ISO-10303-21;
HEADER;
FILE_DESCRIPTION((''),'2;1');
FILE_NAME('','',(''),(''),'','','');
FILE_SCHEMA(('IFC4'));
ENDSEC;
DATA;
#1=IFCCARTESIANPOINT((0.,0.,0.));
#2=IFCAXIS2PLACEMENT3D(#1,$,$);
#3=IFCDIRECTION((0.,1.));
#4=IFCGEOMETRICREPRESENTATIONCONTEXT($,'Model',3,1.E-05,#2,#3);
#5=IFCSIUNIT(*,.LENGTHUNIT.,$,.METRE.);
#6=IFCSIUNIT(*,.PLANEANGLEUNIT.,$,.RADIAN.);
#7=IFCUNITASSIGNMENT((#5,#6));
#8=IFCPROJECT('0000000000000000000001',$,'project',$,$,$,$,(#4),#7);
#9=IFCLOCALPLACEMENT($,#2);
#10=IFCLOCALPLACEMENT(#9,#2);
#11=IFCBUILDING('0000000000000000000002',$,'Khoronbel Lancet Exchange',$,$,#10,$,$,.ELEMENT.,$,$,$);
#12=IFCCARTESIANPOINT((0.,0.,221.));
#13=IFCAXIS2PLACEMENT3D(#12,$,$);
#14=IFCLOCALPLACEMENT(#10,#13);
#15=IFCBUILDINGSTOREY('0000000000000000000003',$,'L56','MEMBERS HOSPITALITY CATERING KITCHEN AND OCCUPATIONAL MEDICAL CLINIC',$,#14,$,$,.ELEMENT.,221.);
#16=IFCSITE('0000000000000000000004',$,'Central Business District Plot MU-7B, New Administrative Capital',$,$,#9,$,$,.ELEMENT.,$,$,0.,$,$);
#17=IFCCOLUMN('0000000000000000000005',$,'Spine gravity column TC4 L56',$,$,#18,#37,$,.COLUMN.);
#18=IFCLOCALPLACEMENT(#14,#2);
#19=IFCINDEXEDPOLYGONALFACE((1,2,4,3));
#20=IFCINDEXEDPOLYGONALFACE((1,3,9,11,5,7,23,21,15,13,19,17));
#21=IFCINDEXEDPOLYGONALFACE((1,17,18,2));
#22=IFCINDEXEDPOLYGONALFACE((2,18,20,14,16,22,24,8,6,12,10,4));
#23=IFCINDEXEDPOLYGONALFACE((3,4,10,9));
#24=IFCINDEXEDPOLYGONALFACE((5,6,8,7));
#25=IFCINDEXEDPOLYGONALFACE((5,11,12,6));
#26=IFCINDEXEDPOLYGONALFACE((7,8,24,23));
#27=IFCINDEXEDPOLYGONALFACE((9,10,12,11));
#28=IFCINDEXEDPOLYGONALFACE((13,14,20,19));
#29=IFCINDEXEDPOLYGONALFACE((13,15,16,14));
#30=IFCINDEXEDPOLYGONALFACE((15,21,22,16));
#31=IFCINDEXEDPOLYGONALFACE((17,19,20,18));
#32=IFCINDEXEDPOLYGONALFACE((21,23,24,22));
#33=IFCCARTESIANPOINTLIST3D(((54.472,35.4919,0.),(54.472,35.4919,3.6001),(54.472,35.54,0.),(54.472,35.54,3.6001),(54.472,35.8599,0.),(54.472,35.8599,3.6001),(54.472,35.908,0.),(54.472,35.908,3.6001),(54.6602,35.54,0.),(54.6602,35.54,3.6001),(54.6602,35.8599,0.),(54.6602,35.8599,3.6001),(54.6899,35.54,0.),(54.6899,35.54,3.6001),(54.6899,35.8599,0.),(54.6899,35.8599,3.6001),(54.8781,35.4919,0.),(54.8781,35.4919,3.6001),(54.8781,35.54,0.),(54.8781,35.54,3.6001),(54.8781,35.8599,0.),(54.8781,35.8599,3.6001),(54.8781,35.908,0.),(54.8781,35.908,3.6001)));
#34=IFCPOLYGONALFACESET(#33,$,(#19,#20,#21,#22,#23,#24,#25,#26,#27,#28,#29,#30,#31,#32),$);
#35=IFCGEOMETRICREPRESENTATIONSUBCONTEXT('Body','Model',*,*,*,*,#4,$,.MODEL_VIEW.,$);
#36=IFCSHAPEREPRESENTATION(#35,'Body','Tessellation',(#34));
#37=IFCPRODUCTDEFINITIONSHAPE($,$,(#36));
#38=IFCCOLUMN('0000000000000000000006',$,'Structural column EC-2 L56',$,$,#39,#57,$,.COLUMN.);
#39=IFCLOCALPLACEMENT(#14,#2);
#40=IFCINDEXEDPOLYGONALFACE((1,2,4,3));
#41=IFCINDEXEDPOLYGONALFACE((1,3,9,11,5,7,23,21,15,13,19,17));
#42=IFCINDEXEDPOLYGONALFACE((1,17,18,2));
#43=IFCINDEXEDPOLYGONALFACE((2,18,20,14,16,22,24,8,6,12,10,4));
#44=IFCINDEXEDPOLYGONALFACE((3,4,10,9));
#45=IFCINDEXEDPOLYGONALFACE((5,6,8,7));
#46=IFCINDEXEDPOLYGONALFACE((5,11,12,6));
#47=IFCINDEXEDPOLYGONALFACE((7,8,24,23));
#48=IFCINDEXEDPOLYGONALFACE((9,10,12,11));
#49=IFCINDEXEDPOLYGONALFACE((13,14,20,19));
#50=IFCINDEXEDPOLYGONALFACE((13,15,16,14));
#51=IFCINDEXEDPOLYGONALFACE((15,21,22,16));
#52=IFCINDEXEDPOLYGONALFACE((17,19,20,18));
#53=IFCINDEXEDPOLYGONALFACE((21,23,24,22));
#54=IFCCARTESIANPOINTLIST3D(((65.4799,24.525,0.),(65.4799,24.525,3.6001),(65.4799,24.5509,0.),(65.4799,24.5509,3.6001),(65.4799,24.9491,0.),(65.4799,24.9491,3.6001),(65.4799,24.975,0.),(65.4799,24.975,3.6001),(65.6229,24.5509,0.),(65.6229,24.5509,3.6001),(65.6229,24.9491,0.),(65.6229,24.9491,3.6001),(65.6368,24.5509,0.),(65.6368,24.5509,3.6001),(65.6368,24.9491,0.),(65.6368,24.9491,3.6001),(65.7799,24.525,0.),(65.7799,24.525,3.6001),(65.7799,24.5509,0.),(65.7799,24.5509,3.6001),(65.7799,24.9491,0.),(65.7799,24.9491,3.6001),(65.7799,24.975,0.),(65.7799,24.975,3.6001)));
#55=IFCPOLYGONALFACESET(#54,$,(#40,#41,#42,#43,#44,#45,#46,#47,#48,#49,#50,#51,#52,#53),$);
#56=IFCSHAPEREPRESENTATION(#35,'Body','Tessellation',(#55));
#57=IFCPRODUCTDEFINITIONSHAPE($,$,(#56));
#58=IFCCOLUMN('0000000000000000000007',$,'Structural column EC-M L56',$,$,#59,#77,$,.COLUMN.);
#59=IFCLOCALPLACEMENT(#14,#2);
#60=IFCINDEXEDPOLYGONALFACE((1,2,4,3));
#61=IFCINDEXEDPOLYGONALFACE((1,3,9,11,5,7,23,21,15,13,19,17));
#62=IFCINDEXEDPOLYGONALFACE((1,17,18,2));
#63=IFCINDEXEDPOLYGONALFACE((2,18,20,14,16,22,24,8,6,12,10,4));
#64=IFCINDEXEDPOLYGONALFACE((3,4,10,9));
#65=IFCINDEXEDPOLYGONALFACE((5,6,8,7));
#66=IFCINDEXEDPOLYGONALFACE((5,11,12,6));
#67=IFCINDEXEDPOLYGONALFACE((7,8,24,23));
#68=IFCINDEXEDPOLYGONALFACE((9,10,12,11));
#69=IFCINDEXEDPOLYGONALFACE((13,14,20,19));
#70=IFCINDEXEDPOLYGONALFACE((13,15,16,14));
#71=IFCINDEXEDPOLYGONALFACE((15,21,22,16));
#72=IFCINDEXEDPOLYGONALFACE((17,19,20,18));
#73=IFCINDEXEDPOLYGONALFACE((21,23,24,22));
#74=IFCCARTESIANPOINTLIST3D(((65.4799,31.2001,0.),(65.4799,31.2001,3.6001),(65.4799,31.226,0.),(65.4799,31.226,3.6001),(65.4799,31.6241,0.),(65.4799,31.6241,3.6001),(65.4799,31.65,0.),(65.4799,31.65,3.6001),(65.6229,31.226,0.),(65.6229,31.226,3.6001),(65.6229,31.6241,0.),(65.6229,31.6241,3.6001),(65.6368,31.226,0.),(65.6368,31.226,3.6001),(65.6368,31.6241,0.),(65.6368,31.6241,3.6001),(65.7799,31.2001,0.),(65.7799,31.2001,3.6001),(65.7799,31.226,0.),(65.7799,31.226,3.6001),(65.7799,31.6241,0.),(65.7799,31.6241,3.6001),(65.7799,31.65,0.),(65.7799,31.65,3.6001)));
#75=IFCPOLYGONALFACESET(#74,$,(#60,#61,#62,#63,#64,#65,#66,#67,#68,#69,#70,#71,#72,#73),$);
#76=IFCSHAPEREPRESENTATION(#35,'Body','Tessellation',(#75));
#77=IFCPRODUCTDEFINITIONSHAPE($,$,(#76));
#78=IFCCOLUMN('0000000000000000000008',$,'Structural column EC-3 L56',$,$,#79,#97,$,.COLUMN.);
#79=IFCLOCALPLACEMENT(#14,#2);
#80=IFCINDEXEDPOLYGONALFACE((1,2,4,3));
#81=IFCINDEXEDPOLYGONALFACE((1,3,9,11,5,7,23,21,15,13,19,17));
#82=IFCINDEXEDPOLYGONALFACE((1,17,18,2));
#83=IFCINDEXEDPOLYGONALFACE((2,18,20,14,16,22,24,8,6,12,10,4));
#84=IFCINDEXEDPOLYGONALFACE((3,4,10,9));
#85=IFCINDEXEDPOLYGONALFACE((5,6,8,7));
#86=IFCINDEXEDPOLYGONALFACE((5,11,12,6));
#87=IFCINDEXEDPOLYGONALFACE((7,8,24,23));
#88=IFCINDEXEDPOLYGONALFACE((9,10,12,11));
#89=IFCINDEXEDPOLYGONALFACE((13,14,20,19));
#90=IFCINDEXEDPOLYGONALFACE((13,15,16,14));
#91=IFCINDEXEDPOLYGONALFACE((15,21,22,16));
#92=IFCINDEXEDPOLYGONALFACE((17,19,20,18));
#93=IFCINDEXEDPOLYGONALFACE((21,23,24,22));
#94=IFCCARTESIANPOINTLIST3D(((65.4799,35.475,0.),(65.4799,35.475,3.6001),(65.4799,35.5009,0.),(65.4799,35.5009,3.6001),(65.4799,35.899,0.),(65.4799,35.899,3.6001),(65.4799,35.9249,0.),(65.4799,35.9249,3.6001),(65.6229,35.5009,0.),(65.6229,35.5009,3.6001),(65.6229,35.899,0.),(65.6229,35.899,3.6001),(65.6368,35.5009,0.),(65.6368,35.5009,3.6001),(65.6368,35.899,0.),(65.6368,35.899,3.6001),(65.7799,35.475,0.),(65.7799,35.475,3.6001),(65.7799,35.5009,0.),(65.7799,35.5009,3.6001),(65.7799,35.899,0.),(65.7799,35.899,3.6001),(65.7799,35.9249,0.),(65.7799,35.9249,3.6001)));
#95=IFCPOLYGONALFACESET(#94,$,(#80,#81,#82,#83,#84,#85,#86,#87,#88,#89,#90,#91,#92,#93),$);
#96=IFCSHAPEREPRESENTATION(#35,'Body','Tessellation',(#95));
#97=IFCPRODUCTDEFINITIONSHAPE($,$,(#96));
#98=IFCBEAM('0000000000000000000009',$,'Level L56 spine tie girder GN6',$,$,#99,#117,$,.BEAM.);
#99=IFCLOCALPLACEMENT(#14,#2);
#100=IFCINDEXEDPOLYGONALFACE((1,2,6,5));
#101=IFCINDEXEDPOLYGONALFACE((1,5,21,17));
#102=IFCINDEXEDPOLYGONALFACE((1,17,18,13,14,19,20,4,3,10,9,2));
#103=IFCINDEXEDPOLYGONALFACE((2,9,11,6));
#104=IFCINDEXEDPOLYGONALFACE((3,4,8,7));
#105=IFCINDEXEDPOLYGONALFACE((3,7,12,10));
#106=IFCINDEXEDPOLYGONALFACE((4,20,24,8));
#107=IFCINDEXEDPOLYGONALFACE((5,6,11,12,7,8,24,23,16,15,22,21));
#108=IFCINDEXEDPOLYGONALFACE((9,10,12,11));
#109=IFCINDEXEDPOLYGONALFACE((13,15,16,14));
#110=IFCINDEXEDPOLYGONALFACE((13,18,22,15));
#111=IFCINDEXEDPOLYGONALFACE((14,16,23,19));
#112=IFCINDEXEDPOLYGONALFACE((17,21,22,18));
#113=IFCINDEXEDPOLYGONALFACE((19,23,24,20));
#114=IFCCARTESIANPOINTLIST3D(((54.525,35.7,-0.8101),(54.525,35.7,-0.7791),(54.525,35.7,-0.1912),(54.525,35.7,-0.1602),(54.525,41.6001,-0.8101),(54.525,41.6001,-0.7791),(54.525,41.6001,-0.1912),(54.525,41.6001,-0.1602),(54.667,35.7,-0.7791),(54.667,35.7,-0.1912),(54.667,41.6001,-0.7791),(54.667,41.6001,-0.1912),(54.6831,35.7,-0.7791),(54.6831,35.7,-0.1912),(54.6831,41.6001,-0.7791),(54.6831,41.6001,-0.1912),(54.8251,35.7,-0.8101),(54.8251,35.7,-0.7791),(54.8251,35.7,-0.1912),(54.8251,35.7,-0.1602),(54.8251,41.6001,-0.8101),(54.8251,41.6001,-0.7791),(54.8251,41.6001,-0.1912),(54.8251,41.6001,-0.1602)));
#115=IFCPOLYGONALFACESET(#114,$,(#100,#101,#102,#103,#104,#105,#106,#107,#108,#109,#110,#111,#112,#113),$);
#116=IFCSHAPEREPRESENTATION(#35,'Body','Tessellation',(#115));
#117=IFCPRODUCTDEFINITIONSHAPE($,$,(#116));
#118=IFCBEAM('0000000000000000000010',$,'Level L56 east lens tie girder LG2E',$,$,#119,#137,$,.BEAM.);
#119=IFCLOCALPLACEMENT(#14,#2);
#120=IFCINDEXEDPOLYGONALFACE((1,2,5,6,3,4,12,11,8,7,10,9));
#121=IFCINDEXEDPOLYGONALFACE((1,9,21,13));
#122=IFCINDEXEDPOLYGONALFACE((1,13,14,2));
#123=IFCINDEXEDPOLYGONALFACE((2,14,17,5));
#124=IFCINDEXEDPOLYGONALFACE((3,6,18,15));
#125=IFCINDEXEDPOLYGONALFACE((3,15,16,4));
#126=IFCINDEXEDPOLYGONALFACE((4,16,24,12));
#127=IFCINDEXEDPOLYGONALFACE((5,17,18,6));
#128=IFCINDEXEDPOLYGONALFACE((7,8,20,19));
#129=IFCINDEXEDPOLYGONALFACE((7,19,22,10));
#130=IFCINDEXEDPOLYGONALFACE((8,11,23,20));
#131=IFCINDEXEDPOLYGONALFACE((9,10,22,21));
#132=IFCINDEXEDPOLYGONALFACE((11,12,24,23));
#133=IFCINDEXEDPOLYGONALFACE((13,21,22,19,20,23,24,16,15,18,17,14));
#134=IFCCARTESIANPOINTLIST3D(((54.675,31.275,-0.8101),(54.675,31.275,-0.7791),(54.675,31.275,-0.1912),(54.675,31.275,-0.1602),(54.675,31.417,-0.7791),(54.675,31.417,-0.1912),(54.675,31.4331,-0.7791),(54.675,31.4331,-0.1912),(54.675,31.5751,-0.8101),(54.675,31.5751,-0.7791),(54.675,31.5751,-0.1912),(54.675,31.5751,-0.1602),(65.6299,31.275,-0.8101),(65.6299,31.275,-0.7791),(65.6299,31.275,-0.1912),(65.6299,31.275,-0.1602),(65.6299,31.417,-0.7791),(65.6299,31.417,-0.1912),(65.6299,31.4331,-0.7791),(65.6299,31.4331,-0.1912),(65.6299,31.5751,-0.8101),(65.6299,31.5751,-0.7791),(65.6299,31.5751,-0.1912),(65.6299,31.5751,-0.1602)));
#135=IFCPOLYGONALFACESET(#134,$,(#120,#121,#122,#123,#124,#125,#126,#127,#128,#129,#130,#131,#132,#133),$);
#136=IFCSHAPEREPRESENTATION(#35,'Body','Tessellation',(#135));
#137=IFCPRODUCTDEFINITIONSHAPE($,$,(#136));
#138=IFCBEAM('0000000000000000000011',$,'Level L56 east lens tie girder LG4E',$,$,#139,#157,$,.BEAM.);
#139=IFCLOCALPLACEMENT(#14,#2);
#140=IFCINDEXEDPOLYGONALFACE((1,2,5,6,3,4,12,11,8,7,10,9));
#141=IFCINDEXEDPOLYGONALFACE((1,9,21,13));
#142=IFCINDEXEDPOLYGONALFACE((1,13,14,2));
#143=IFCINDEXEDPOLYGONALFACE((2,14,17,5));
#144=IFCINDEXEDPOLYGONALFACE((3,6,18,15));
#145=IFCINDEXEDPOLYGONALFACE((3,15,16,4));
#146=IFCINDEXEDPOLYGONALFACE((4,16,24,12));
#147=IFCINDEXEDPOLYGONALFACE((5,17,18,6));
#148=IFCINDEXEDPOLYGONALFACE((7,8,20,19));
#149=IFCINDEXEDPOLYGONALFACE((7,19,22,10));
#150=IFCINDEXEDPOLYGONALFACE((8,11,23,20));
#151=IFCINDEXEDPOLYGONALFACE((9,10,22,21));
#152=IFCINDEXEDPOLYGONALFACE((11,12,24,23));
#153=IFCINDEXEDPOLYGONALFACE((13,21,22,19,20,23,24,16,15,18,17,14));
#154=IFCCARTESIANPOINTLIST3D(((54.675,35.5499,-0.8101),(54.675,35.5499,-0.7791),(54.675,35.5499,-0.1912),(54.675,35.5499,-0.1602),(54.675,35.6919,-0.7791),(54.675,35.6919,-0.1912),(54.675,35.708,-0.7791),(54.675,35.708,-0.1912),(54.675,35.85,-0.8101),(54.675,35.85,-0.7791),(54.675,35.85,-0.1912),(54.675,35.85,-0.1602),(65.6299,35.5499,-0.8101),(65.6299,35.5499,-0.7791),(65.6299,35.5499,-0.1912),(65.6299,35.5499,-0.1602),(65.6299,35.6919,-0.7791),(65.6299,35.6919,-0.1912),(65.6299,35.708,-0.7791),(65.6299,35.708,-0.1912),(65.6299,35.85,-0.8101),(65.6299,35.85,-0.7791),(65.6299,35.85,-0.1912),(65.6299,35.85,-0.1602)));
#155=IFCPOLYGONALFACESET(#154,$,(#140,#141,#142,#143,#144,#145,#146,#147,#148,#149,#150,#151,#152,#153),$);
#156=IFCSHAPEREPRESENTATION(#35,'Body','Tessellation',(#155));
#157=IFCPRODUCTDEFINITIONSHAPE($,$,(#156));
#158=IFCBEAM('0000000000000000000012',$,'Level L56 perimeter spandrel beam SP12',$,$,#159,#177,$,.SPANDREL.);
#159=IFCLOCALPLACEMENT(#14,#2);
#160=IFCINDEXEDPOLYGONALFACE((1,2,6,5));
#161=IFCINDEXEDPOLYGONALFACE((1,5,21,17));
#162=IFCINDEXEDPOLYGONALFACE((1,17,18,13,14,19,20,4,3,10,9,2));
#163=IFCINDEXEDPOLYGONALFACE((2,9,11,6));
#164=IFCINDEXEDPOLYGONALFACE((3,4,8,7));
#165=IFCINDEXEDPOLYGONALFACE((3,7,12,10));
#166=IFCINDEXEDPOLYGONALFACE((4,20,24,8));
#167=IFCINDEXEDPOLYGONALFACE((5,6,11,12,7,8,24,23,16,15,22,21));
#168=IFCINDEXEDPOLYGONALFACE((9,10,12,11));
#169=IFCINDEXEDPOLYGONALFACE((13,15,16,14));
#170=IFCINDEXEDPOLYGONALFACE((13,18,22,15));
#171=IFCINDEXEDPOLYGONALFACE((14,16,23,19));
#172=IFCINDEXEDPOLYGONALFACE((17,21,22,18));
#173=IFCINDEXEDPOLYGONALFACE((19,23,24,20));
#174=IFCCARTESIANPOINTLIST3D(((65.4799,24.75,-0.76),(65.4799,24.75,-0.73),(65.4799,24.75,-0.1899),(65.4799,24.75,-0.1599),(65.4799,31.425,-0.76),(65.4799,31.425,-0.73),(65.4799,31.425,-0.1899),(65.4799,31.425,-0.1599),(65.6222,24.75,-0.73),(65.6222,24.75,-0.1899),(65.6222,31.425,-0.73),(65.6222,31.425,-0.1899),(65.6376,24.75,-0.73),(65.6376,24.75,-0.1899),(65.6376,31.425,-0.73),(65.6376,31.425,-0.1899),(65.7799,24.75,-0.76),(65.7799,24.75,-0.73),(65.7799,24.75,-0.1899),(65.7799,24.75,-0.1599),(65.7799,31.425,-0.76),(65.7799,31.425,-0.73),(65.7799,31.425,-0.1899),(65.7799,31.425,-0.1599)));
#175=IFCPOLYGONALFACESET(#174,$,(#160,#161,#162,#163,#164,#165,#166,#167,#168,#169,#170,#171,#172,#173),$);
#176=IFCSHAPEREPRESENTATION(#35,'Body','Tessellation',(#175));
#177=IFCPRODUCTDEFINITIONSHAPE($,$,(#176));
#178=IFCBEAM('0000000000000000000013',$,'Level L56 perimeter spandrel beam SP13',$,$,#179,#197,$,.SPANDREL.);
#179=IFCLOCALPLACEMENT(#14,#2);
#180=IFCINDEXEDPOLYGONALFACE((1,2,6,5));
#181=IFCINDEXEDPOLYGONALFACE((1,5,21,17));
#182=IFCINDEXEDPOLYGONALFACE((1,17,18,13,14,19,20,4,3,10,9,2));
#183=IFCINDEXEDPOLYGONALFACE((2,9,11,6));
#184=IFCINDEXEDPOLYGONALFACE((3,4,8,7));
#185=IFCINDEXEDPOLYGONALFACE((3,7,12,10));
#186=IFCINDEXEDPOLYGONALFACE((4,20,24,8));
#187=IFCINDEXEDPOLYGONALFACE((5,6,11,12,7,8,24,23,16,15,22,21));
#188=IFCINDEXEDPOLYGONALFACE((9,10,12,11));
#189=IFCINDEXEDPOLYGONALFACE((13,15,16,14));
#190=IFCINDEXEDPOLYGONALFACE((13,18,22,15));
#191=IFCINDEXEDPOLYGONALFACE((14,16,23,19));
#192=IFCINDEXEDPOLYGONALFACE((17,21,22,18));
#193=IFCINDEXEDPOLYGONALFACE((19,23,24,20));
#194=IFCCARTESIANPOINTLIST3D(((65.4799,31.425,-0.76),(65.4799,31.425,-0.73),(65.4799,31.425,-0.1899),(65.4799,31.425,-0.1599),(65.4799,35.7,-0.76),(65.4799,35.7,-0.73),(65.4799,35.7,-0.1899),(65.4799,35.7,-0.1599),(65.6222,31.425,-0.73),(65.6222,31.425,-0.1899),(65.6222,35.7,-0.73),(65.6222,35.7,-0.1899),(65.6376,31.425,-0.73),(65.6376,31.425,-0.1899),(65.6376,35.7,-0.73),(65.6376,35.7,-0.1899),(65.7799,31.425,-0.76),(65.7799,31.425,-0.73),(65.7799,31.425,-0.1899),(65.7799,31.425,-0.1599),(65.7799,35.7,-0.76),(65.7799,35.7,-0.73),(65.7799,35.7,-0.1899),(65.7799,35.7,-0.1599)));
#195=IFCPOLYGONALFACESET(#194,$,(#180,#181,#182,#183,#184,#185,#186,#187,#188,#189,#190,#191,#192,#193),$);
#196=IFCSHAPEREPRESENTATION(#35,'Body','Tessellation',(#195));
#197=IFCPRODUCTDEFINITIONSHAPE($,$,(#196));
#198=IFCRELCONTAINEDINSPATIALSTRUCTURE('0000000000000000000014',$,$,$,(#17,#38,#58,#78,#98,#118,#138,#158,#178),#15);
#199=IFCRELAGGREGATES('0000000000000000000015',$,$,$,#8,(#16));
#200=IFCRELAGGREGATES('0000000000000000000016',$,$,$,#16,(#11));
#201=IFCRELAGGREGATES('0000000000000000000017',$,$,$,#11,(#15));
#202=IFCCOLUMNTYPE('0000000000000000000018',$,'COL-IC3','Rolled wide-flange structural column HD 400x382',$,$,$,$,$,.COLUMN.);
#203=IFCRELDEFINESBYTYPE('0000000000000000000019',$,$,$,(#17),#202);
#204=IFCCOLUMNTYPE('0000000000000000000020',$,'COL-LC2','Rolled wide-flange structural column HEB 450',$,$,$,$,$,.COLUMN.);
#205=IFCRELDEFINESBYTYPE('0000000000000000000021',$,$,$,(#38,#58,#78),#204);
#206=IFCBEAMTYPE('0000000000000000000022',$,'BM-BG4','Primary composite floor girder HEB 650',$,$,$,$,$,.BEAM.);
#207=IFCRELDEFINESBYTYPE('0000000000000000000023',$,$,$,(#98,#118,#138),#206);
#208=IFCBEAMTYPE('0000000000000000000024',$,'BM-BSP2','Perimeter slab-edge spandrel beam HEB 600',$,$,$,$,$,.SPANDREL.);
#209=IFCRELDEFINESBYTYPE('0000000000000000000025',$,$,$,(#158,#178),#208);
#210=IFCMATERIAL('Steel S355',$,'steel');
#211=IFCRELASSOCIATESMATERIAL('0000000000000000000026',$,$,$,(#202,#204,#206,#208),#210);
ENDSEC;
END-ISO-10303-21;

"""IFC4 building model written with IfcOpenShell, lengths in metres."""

from ifc_helpers import new_model, si_unit, direction, frame, origin, origin_2d, place, context, subcontext, project, spatial, i_section, extrude, material, material_profile, profile_set, type_object, element, save


model = new_model("IFC4")

# Units and contexts
model_context = context("Model", 3, precision=1e-05, world=origin(), true_north=direction((0.0, 1.0)))
body_context = subcontext(model_context, "Body", "Model", "MODEL_VIEW")
ifc_project = project(units=[si_unit("LENGTHUNIT", "METRE"), si_unit("PLANEANGLEUNIT", "RADIAN")], contexts=[model_context])

# Site, building, storey
site_placement = place(None, origin())
site = spatial("IfcSite", under=ifc_project, at=site_placement, Name="Central Business District Plot MU-7B, New Administrative Capital", CompositionType="ELEMENT", RefElevation=0.0)
building_placement = place(site_placement, origin())
building = spatial("IfcBuilding", under=site, at=building_placement, Name="Khoronbel Lancet Exchange", CompositionType="ELEMENT")
storey_placement = place(building_placement, frame((0.0, 0.0, 221.0)))
storey = spatial("IfcBuildingStorey", under=building, at=storey_placement, Name="L56", Description="MEMBERS HOSPITALITY CATERING KITCHEN AND OCCUPATIONAL MEDICAL CLINIC", CompositionType="ELEMENT", Elevation=221.0)

# Columns
ifc_material_1 = material(Name="Steel S355", Category="steel")
ifc_material_profile_1 = material_profile(ifc_material_1, i_section(OverallWidth=0.406, OverallDepth=0.416, WebThickness=0.0298, FlangeThickness=0.0481, at=origin_2d()), Name="HD 400x382")
ifc_profile_set_1 = profile_set([ifc_material_profile_1], Name="Steel S355")
column_type_1 = type_object("IfcColumnType", Name="COL-IC3", Description="Rolled wide-flange structural column HD 400x382", PredefinedType="COLUMN", material=ifc_profile_set_1)
column_placement = place(storey_placement, frame((54.675, 35.7, 0.0), z_axis=(0.0, 0.0, 1.0), x_axis=(1.0, 0.0, 0.0)))
element("IfcColumn", 1, at=column_placement, inside=storey, type_object=column_type_1, Name="Spine gravity column TC4 L56", PredefinedType="COLUMN", context=body_context, shape_type="SweptSolid", body=[
    extrude(i_section(OverallWidth=0.406, OverallDepth=0.416, WebThickness=0.0298, FlangeThickness=0.0481, at=origin_2d()), origin(), (0.0, 0.0, 1.0), 3.6001),
])
ifc_material_profile_2 = material_profile(ifc_material_1, i_section(OverallWidth=0.3, OverallDepth=0.45, WebThickness=0.0139, FlangeThickness=0.0259, at=origin_2d()), Name="HEB 450")
ifc_profile_set_2 = profile_set([ifc_material_profile_2], Name="Steel S355")
column_type_2 = type_object("IfcColumnType", Name="COL-LC2", Description="Rolled wide-flange structural column HEB 450", PredefinedType="COLUMN", material=ifc_profile_set_2)
for number, where, z_axis, x_axis, name in (
    (2, (65.6299, 24.75, 0.0), (0.0, 0.0, 1.0), (1.0, 0.0, 0.0), "Structural column EC-2 L56"),
    (3, (65.6299, 31.425, 0.0), (0.0, 0.0, 1.0), (1.0, 0.0, 0.0), "Structural column EC-M L56"),
    (4, (65.6299, 35.7, 0.0), (0.0, 0.0, 1.0), (1.0, 0.0, 0.0), "Structural column EC-3 L56"),
):
    element("IfcColumn", number, at=place(storey_placement, frame(where, z_axis=z_axis, x_axis=x_axis)), inside=storey, type_object=column_type_2, Name=name, PredefinedType="COLUMN", context=body_context, shape_type="SweptSolid", body=[
        extrude(i_section(OverallWidth=0.3, OverallDepth=0.45, WebThickness=0.0139, FlangeThickness=0.0259, at=origin_2d()), origin(), (0.0, 0.0, 1.0), 3.6001),
    ])

# Beams
ifc_material_profile_3 = material_profile(ifc_material_1, i_section(OverallWidth=0.3, OverallDepth=0.6499, WebThickness=0.0161, FlangeThickness=0.031, at=origin_2d()), Name="HEB 650")
ifc_profile_set_3 = profile_set([ifc_material_profile_3], Name="Steel S355")
beam_type_1 = type_object("IfcBeamType", Name="BM-BG4", Description="Primary composite floor girder HEB 650", PredefinedType="BEAM", material=ifc_profile_set_3)
beam_1_placement = place(storey_placement, frame((54.675, 35.7, -0.4851), z_axis=(0.0, 1.0, 0.0), x_axis=(-1.0, 0.0, 0.0)))
element("IfcBeam", 5, at=beam_1_placement, inside=storey, type_object=beam_type_1, Name="Level L56 spine tie girder GN6", PredefinedType="BEAM", context=body_context, shape_type="SweptSolid", body=[
    extrude(i_section(OverallWidth=0.3, OverallDepth=0.6499, WebThickness=0.0161, FlangeThickness=0.031, at=origin_2d()), origin(), (0.0, 0.0, 1.0), 5.9001),
])
for number, where, z_axis, x_axis, name in (
    (6, (54.675, 31.425, -0.4851), (1.0, 0.0, 0.0), (0.0, 1.0, 0.0), "Level L56 east lens tie girder LG2E"),
    (7, (54.675, 35.7, -0.4851), (1.0, 0.0, 0.0), (0.0, 1.0, 0.0), "Level L56 east lens tie girder LG4E"),
):
    element("IfcBeam", number, at=place(storey_placement, frame(where, z_axis=z_axis, x_axis=x_axis)), inside=storey, type_object=beam_type_1, Name=name, PredefinedType="BEAM", context=body_context, shape_type="SweptSolid", body=[
        extrude(i_section(OverallWidth=0.3, OverallDepth=0.6499, WebThickness=0.0161, FlangeThickness=0.031, at=origin_2d()), origin(), (0.0, 0.0, 1.0), 10.9548),
    ])
ifc_material_profile_4 = material_profile(ifc_material_1, i_section(OverallWidth=0.3, OverallDepth=0.6001, WebThickness=0.0154, FlangeThickness=0.03, at=origin_2d()), Name="HEB 600")
ifc_profile_set_4 = profile_set([ifc_material_profile_4], Name="Steel S355")
beam_type_2 = type_object("IfcBeamType", Name="BM-BSP2", Description="Perimeter slab-edge spandrel beam HEB 600", PredefinedType="SPANDREL", material=ifc_profile_set_4)
beam_2_placement = place(storey_placement, frame((65.6299, 24.75, -0.46), z_axis=(0.0, 1.0, 0.0), x_axis=(-1.0, 0.0, 0.0)))
element("IfcBeam", 8, at=beam_2_placement, inside=storey, type_object=beam_type_2, Name="Level L56 perimeter spandrel beam SP12", PredefinedType="SPANDREL", context=body_context, shape_type="SweptSolid", body=[
    extrude(i_section(OverallWidth=0.3, OverallDepth=0.6001, WebThickness=0.0154, FlangeThickness=0.03, at=origin_2d()), origin(), (0.0, 0.0, 1.0), 6.675),
])
beam_3_placement = place(storey_placement, frame((65.6299, 31.425, -0.46), z_axis=(0.0, 1.0, 0.0), x_axis=(-1.0, 0.0, 0.0)))
element("IfcBeam", 9, at=beam_3_placement, inside=storey, type_object=beam_type_2, Name="Level L56 perimeter spandrel beam SP13", PredefinedType="SPANDREL", context=body_context, shape_type="SweptSolid", body=[
    extrude(i_section(OverallWidth=0.3, OverallDepth=0.6001, WebThickness=0.0154, FlangeThickness=0.03, at=origin_2d()), origin(), (0.0, 0.0, 1.0), 4.2749),
])

save(model, "model.ifc")
